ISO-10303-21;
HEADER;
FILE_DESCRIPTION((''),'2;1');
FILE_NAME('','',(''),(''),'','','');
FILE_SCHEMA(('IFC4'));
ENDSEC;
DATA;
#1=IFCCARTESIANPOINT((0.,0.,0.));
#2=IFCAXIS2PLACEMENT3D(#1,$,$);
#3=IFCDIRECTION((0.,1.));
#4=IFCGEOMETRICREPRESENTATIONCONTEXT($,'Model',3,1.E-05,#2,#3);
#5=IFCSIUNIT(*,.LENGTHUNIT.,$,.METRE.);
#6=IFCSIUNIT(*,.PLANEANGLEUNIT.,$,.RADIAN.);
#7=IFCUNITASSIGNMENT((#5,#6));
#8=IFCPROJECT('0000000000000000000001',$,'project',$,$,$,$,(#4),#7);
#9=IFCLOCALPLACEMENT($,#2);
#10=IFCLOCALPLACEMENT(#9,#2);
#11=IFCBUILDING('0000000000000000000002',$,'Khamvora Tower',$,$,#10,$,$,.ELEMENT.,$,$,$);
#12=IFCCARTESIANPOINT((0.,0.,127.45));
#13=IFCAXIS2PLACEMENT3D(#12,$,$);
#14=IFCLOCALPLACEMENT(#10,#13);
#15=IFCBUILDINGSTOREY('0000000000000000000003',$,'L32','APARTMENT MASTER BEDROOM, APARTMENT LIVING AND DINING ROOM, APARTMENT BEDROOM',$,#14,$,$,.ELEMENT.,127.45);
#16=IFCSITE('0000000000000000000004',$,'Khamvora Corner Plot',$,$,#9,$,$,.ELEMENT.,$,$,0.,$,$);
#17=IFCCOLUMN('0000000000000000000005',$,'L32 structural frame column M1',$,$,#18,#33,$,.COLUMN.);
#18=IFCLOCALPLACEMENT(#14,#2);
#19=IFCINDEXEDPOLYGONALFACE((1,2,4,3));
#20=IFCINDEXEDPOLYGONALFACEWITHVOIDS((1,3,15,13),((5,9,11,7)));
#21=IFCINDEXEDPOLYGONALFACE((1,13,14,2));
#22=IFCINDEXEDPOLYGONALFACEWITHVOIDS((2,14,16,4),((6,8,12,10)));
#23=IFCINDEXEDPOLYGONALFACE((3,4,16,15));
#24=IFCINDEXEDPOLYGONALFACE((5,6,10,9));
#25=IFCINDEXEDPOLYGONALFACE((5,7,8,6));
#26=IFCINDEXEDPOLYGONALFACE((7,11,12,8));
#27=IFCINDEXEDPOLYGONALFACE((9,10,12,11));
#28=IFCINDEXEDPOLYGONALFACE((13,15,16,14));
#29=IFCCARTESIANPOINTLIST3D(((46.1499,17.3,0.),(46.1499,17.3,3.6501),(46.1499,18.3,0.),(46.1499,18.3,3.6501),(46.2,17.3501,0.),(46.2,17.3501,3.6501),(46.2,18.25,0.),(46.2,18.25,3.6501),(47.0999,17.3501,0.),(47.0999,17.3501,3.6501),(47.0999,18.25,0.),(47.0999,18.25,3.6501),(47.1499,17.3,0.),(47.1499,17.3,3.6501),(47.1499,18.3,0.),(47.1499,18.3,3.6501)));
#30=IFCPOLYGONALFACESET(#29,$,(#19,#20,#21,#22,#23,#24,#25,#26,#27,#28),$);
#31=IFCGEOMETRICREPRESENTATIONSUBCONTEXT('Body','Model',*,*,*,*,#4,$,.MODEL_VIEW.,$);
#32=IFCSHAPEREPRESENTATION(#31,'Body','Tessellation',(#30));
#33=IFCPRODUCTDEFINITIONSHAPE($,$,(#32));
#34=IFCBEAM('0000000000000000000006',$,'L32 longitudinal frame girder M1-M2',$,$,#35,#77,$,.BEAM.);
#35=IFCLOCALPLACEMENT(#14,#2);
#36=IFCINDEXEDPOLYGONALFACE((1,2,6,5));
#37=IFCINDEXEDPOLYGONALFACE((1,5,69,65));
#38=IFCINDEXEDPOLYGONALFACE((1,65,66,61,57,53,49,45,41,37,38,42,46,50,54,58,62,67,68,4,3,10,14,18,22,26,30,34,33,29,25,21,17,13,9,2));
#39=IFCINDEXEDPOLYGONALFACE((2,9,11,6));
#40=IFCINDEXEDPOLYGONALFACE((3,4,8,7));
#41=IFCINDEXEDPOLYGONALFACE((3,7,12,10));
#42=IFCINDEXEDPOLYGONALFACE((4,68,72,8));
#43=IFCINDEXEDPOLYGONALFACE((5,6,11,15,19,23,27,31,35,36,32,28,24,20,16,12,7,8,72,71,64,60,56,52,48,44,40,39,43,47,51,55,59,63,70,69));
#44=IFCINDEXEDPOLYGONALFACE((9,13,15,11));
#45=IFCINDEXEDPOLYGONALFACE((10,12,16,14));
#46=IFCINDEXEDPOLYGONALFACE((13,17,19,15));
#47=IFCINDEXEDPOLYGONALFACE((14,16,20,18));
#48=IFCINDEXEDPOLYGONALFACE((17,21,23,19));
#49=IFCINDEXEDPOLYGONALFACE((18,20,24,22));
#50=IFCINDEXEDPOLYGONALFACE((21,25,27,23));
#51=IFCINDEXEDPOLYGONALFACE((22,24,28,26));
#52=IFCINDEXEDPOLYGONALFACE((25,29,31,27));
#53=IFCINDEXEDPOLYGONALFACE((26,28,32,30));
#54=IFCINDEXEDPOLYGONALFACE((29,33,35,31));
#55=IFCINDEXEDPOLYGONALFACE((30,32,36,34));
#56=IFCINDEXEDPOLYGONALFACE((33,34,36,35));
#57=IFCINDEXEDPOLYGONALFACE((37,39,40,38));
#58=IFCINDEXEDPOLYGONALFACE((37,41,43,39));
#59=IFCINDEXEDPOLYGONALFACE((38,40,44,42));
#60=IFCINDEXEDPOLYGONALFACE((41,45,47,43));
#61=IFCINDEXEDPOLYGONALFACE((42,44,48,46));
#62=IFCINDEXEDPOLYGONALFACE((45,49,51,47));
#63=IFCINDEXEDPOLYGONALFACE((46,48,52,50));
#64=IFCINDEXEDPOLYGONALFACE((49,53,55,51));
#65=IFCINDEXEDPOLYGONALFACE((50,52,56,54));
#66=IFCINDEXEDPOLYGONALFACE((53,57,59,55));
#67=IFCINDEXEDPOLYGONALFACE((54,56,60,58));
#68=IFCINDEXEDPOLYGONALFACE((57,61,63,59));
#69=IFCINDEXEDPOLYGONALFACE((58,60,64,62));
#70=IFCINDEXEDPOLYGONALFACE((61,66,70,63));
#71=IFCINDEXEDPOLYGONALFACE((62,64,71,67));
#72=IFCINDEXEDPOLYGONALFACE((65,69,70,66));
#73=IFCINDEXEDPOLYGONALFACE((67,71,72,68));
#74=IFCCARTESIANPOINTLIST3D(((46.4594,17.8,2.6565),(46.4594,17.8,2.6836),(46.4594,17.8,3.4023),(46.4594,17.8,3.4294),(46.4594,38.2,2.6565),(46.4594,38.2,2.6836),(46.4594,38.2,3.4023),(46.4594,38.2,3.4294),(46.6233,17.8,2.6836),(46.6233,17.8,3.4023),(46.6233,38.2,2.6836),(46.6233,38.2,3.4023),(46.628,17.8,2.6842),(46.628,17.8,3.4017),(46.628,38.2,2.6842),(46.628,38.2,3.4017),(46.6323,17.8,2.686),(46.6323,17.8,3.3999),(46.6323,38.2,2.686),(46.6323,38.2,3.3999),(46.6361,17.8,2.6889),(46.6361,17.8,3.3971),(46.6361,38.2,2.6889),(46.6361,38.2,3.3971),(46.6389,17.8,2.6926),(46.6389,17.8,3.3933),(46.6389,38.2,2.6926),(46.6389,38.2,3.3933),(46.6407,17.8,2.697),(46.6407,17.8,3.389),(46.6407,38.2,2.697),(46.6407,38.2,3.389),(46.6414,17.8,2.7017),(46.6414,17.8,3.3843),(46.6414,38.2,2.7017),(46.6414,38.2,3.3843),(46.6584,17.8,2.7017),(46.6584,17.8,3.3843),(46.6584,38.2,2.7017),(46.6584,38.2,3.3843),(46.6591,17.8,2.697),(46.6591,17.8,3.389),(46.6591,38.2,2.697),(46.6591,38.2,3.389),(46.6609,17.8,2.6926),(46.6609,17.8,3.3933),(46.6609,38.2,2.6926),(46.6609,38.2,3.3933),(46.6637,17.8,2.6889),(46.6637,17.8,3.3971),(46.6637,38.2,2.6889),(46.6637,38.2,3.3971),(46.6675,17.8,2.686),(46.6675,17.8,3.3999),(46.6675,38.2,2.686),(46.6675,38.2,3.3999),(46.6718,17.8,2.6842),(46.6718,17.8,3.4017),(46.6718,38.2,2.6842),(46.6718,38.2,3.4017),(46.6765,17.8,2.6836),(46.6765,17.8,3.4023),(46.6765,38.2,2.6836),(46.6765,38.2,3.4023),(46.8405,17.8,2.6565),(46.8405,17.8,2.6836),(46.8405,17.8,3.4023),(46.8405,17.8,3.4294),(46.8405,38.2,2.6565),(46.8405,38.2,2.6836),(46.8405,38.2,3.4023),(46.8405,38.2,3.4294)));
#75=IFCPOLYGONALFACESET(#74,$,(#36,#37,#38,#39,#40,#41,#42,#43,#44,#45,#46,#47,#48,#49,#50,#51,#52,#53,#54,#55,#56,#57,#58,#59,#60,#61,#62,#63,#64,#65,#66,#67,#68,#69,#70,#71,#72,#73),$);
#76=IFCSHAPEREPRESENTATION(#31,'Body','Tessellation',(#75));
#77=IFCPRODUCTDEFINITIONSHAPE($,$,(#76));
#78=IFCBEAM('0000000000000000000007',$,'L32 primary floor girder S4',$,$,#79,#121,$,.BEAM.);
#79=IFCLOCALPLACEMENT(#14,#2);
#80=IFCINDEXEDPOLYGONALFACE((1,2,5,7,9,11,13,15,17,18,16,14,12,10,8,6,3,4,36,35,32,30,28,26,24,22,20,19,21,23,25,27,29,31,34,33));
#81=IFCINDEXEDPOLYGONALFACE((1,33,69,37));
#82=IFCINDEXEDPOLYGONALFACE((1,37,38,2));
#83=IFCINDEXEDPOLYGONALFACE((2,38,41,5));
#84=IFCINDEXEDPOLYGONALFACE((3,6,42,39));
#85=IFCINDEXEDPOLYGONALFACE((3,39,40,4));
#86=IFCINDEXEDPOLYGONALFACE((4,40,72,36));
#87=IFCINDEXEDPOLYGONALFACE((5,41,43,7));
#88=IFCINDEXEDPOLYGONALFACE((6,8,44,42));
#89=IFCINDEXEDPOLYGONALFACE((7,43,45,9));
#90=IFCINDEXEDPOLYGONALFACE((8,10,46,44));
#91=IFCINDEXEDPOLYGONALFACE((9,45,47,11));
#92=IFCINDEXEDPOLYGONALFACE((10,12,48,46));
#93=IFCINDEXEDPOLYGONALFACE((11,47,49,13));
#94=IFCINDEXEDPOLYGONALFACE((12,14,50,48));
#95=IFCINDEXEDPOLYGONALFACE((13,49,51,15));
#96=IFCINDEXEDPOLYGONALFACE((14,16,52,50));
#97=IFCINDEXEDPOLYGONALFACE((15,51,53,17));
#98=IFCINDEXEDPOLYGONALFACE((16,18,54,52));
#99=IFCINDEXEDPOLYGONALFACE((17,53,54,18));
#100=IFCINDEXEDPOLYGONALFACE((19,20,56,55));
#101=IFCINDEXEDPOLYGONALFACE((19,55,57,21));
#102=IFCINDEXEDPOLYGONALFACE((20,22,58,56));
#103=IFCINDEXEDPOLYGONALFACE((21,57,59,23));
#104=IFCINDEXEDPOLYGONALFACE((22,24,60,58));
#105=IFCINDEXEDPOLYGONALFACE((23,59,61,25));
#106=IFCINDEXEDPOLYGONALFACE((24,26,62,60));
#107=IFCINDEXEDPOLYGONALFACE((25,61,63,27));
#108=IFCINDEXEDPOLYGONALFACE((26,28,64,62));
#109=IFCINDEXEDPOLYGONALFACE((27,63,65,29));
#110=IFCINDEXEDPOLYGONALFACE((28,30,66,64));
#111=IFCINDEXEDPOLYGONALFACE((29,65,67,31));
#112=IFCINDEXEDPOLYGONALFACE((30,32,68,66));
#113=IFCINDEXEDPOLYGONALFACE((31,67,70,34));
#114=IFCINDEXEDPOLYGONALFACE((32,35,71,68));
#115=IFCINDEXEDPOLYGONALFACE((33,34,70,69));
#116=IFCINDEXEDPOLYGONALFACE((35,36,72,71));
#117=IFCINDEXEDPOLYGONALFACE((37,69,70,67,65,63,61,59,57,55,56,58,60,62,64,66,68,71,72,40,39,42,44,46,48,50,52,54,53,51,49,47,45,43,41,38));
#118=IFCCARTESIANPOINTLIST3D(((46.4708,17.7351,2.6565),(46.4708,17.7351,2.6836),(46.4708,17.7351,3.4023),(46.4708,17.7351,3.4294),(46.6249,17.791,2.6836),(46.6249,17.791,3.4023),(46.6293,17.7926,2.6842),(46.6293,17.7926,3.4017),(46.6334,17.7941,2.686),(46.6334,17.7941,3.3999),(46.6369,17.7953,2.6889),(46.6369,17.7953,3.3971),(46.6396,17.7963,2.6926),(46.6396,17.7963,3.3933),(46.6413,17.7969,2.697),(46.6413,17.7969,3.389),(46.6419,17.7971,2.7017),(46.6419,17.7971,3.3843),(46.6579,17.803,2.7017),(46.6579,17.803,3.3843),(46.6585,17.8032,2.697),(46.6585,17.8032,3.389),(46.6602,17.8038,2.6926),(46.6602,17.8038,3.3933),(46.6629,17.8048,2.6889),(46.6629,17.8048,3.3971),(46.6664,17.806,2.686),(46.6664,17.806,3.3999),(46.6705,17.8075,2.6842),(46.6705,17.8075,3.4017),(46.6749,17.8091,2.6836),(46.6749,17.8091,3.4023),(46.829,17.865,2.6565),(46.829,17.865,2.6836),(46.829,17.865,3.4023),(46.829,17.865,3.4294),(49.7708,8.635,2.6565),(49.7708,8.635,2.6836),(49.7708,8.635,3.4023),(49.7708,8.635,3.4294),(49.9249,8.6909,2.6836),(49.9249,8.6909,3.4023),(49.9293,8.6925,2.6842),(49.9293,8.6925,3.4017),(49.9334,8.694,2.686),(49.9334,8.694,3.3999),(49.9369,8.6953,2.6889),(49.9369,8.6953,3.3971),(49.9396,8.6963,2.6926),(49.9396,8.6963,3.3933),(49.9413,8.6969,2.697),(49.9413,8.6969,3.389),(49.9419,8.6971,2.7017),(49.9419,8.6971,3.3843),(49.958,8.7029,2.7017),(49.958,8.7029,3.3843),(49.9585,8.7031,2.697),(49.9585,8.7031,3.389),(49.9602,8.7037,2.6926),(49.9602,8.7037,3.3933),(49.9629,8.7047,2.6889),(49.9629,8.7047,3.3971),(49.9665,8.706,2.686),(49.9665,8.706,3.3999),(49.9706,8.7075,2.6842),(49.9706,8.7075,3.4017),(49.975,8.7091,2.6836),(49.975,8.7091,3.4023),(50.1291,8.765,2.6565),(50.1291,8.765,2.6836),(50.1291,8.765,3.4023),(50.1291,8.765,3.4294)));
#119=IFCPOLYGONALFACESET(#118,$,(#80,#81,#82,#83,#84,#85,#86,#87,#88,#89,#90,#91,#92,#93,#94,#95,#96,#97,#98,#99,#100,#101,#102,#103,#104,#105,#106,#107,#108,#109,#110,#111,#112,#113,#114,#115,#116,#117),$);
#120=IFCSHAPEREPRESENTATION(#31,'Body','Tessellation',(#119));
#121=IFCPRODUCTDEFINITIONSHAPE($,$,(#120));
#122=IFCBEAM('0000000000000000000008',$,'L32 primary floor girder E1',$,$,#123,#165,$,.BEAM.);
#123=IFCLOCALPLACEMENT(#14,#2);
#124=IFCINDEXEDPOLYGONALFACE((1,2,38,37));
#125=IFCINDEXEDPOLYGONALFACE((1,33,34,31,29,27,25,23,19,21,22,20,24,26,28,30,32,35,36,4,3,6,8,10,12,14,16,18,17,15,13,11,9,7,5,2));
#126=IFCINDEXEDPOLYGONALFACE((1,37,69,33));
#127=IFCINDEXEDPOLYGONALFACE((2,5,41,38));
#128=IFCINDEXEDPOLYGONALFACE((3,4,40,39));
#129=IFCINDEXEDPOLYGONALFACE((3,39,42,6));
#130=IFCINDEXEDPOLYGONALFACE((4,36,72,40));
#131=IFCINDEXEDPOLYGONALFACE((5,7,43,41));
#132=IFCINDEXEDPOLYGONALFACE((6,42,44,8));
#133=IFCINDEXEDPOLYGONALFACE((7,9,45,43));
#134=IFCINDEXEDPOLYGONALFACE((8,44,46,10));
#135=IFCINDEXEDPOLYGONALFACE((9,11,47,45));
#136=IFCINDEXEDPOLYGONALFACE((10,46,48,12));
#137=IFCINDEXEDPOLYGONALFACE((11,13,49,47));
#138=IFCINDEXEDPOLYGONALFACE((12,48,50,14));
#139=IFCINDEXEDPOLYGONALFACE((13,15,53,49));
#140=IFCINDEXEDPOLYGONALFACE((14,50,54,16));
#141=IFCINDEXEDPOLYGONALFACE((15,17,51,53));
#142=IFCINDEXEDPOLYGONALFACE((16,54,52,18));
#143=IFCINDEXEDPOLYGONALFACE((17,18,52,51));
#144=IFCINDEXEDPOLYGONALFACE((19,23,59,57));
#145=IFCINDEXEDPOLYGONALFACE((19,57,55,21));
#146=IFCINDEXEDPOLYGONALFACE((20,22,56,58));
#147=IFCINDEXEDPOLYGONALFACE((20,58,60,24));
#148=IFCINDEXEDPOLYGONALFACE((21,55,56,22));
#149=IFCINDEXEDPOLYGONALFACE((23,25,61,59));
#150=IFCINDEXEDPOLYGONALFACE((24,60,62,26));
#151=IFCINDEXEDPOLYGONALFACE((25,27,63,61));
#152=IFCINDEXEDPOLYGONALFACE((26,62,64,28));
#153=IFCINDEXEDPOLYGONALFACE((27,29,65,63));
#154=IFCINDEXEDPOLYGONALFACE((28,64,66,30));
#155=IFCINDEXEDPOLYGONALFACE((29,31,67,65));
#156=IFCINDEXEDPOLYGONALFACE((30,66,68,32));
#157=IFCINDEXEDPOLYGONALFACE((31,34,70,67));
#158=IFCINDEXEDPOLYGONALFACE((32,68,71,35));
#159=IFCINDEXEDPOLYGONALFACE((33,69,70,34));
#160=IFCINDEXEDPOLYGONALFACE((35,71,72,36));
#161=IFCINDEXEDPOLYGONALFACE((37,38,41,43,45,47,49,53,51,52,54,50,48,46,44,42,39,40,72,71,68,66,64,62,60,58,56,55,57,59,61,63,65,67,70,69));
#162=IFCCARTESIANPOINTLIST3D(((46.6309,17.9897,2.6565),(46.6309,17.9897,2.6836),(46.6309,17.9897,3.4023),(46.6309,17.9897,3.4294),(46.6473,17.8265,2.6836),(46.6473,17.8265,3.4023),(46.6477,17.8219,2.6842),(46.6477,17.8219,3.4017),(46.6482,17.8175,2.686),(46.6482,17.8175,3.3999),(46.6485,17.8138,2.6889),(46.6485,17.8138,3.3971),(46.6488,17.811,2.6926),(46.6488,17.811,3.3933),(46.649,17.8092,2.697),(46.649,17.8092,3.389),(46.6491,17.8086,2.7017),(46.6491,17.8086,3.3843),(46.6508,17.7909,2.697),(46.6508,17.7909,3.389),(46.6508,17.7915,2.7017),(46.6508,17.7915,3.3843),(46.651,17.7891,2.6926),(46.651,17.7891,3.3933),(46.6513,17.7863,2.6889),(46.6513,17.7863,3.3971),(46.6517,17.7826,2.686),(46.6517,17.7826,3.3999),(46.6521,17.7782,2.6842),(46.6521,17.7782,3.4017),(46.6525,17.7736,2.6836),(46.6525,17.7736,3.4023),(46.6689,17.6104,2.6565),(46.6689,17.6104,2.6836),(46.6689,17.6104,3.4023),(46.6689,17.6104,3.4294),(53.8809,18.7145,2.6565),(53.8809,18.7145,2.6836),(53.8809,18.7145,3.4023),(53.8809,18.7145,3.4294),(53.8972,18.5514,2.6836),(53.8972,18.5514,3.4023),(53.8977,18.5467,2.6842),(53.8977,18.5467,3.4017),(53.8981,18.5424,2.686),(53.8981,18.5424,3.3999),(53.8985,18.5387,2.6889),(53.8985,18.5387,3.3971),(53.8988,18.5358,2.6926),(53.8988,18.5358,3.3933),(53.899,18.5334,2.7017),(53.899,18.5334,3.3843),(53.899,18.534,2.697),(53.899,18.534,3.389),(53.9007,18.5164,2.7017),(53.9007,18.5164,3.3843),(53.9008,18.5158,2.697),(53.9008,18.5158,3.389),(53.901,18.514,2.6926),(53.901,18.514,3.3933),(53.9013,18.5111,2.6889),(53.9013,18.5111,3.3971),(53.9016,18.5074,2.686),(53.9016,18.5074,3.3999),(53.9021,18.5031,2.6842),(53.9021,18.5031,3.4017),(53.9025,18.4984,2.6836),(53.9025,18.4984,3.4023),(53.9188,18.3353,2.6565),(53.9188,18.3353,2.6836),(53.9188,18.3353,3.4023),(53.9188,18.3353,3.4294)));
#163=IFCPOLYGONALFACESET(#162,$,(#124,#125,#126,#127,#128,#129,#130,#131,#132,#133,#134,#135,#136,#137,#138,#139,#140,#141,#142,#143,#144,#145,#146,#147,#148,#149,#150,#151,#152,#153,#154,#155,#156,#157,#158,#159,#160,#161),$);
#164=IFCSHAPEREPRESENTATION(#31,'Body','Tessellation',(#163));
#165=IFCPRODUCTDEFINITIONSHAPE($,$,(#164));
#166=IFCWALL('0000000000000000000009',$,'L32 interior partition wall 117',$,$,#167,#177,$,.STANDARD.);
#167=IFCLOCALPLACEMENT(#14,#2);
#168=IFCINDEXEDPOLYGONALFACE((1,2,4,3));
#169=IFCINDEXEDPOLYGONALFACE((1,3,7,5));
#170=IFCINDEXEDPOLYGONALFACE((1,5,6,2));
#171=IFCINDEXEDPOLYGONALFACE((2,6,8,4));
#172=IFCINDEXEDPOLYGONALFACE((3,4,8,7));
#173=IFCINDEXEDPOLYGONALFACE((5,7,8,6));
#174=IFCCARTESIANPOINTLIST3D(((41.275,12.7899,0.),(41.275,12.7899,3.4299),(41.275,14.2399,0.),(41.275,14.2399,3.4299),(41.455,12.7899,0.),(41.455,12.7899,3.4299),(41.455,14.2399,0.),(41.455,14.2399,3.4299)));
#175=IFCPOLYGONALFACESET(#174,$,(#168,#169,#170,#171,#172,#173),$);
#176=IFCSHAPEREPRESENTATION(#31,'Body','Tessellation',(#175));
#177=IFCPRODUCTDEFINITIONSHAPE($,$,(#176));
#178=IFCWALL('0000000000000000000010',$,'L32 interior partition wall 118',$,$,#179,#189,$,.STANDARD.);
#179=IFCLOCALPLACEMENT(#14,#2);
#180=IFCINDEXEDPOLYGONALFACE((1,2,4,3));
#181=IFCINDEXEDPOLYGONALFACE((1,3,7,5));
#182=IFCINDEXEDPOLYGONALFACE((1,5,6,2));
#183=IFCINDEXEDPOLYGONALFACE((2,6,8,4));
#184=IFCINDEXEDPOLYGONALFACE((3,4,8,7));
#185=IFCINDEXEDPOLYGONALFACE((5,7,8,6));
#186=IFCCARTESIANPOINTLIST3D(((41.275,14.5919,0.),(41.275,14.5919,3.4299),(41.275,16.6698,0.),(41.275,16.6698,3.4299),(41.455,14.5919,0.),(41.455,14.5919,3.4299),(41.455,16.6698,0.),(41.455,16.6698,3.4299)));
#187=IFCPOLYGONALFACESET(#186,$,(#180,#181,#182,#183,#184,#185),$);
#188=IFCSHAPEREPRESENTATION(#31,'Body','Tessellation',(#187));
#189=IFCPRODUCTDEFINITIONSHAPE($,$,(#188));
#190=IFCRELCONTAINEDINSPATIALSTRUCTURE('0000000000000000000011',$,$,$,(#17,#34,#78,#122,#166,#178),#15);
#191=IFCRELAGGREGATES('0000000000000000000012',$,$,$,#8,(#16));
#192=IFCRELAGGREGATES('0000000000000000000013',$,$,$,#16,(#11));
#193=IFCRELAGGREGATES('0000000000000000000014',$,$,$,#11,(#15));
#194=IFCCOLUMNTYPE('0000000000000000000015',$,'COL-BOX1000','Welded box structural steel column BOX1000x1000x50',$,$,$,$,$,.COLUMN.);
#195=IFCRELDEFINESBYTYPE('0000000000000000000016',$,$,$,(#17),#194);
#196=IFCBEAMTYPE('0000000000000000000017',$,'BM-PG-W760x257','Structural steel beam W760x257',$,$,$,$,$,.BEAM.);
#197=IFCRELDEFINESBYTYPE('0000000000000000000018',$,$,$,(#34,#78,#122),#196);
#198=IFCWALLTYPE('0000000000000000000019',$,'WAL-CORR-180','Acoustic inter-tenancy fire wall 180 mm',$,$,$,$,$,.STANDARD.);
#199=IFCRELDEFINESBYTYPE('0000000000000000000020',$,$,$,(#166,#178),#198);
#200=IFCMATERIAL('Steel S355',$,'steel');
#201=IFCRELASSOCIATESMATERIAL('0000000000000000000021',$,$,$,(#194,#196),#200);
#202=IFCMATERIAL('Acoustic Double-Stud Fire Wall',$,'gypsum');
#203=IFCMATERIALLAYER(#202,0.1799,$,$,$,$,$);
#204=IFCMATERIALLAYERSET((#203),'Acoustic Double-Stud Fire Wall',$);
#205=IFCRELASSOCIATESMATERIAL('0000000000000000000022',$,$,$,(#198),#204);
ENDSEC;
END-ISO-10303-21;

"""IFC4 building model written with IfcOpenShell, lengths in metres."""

from ifc_helpers import new_model, si_unit, direction, frame, frame_2d, origin, origin_2d, place, context, subcontext, project, spatial, rectangle, hollow_rectangle, i_section, extrude, material, layer, layer_set, material_profile, profile_set, type_object, element, save


model = new_model("IFC4")

# Units and contexts
model_context = context("Model", 3, precision=1e-05, world=origin(), true_north=direction((0.0, 1.0)))
body_context = subcontext(model_context, "Body", "Model", "MODEL_VIEW")
ifc_project = project(units=[si_unit("LENGTHUNIT", "METRE"), si_unit("PLANEANGLEUNIT", "RADIAN")], contexts=[model_context])

# Site, building, storey
site_placement = place(None, origin())
site = spatial("IfcSite", under=ifc_project, at=site_placement, Name="Khamvora Corner Plot", CompositionType="ELEMENT", RefElevation=0.0)
building_placement = place(site_placement, origin())
building = spatial("IfcBuilding", under=site, at=building_placement, Name="Khamvora Tower", CompositionType="ELEMENT")
storey_placement = place(building_placement, frame((0.0, 0.0, 127.45)))
storey = spatial("IfcBuildingStorey", under=building, at=storey_placement, Name="L32", Description="APARTMENT MASTER BEDROOM, APARTMENT LIVING AND DINING ROOM, APARTMENT BEDROOM", CompositionType="ELEMENT", Elevation=127.45)

# Column
ifc_material_1 = material(Name="Steel S355", Category="steel")
ifc_material_profile_1 = material_profile(ifc_material_1, hollow_rectangle(XDim=1.0, YDim=1.0, WallThickness=0.05, at=origin_2d()), Name="BOX1000x1000x50")
ifc_profile_set_1 = profile_set([ifc_material_profile_1], Name="Steel S355")
column_type = type_object("IfcColumnType", Name="COL-BOX1000", Description="Welded box structural steel column BOX1000x1000x50", PredefinedType="COLUMN", material=ifc_profile_set_1)
column_placement = place(storey_placement, frame((46.6499, 17.8, 0.0), z_axis=(0.0, 0.0, 1.0), x_axis=(1.0, 0.0, 0.0)))
element("IfcColumn", 1, at=column_placement, inside=storey, type_object=column_type, Name="L32 structural frame column M1", PredefinedType="COLUMN", context=body_context, shape_type="SweptSolid", body=[
    extrude(hollow_rectangle(XDim=1.0, YDim=1.0, WallThickness=0.05, at=origin_2d()), origin(), (0.0, 0.0, 1.0), 3.6501),
])

# Beams
ifc_material_profile_2 = material_profile(ifc_material_1, i_section(OverallWidth=0.3811, OverallDepth=0.7729, WebThickness=0.0171, FlangeThickness=0.0271, FilletRadius=0.0181, at=origin_2d()), Name="W760x257")
ifc_profile_set_2 = profile_set([ifc_material_profile_2], Name="Steel S355")
beam_type = type_object("IfcBeamType", Name="BM-PG-W760x257", Description="Structural steel beam W760x257", PredefinedType="BEAM", material=ifc_profile_set_2)
beam_1_placement = place(storey_placement, frame((46.6499, 17.8, 3.043), z_axis=(0.0, 1.0, 0.0), x_axis=(-1.0, 0.0, 0.0)))
element("IfcBeam", 2, at=beam_1_placement, inside=storey, type_object=beam_type, Name="L32 longitudinal frame girder M1-M2", PredefinedType="BEAM", context=body_context, shape_type="SweptSolid", body=[
    extrude(i_section(OverallWidth=0.3811, OverallDepth=0.7729, WebThickness=0.0171, FlangeThickness=0.0271, FilletRadius=0.0181, at=origin_2d()), origin(), (0.0, 0.0, 1.0), 20.3999),
])
beam_2_placement = place(storey_placement, frame((46.6499, 17.8, 3.043), z_axis=(0.340915, -0.940094, 0.0), x_axis=(0.940094, 0.340915, 0.0)))
element("IfcBeam", 3, at=beam_2_placement, inside=storey, type_object=beam_type, Name="L32 primary floor girder S4", PredefinedType="BEAM", context=body_context, shape_type="SweptSolid", body=[
    extrude(i_section(OverallWidth=0.3811, OverallDepth=0.7729, WebThickness=0.0171, FlangeThickness=0.0271, FilletRadius=0.0181, at=origin_2d()), origin(), (0.0, 0.0, 1.0), 9.6799),
])
beam_3_placement = place(storey_placement, frame((46.6499, 17.8, 3.043), z_axis=(0.995039, 0.099484, 0.0), x_axis=(-0.099484, 0.995039, 0.0)))
element("IfcBeam", 4, at=beam_3_placement, inside=storey, type_object=beam_type, Name="L32 primary floor girder E1", PredefinedType="BEAM", context=body_context, shape_type="SweptSolid", body=[
    extrude(i_section(OverallWidth=0.3811, OverallDepth=0.7729, WebThickness=0.0171, FlangeThickness=0.0271, FilletRadius=0.0181, at=origin_2d()), origin(), (0.0, 0.0, 1.0), 7.2861),
])

# Walls
ifc_material_2 = material(Name="Acoustic Double-Stud Fire Wall", Category="gypsum")
ifc_layer_1 = layer(ifc_material_2, 0.1799)
ifc_layer_set_1 = layer_set([ifc_layer_1], Name="Acoustic Double-Stud Fire Wall")
wall_type_1 = type_object("IfcWallType", Name="WAL-CORR-180", Description="Acoustic inter-tenancy fire wall 180 mm", PredefinedType="STANDARD", material=ifc_layer_set_1)
wall_1_placement = place(storey_placement, frame((41.365, 14.24, 0.0), z_axis=(0.0, 0.0, 1.0), x_axis=(0.0, -1.0, 0.0)))
element("IfcWall", 5, at=wall_1_placement, inside=storey, type_object=wall_type_1, Name="L32 interior partition wall 117", PredefinedType="STANDARD", context=body_context, shape_type="SweptSolid", body=[
    extrude(rectangle(XDim=1.45, YDim=0.1799, at=frame_2d((0.7251, 0.0))), origin(), (0.0, 0.0, 1.0), 3.4299),
])
wall_2_placement = place(storey_placement, frame((41.365, 16.6699, 0.0), z_axis=(0.0, 0.0, 1.0), x_axis=(0.0, -1.0, 0.0)))
element("IfcWall", 6, at=wall_2_placement, inside=storey, type_object=wall_type_1, Name="L32 interior partition wall 118", PredefinedType="STANDARD", context=body_context, shape_type="SweptSolid", body=[
    extrude(rectangle(XDim=2.0779, YDim=0.1799, at=frame_2d((1.0391, 0.0))), origin(), (0.0, 0.0, 1.0), 3.4299),
])

save(model, "model.ifc")
